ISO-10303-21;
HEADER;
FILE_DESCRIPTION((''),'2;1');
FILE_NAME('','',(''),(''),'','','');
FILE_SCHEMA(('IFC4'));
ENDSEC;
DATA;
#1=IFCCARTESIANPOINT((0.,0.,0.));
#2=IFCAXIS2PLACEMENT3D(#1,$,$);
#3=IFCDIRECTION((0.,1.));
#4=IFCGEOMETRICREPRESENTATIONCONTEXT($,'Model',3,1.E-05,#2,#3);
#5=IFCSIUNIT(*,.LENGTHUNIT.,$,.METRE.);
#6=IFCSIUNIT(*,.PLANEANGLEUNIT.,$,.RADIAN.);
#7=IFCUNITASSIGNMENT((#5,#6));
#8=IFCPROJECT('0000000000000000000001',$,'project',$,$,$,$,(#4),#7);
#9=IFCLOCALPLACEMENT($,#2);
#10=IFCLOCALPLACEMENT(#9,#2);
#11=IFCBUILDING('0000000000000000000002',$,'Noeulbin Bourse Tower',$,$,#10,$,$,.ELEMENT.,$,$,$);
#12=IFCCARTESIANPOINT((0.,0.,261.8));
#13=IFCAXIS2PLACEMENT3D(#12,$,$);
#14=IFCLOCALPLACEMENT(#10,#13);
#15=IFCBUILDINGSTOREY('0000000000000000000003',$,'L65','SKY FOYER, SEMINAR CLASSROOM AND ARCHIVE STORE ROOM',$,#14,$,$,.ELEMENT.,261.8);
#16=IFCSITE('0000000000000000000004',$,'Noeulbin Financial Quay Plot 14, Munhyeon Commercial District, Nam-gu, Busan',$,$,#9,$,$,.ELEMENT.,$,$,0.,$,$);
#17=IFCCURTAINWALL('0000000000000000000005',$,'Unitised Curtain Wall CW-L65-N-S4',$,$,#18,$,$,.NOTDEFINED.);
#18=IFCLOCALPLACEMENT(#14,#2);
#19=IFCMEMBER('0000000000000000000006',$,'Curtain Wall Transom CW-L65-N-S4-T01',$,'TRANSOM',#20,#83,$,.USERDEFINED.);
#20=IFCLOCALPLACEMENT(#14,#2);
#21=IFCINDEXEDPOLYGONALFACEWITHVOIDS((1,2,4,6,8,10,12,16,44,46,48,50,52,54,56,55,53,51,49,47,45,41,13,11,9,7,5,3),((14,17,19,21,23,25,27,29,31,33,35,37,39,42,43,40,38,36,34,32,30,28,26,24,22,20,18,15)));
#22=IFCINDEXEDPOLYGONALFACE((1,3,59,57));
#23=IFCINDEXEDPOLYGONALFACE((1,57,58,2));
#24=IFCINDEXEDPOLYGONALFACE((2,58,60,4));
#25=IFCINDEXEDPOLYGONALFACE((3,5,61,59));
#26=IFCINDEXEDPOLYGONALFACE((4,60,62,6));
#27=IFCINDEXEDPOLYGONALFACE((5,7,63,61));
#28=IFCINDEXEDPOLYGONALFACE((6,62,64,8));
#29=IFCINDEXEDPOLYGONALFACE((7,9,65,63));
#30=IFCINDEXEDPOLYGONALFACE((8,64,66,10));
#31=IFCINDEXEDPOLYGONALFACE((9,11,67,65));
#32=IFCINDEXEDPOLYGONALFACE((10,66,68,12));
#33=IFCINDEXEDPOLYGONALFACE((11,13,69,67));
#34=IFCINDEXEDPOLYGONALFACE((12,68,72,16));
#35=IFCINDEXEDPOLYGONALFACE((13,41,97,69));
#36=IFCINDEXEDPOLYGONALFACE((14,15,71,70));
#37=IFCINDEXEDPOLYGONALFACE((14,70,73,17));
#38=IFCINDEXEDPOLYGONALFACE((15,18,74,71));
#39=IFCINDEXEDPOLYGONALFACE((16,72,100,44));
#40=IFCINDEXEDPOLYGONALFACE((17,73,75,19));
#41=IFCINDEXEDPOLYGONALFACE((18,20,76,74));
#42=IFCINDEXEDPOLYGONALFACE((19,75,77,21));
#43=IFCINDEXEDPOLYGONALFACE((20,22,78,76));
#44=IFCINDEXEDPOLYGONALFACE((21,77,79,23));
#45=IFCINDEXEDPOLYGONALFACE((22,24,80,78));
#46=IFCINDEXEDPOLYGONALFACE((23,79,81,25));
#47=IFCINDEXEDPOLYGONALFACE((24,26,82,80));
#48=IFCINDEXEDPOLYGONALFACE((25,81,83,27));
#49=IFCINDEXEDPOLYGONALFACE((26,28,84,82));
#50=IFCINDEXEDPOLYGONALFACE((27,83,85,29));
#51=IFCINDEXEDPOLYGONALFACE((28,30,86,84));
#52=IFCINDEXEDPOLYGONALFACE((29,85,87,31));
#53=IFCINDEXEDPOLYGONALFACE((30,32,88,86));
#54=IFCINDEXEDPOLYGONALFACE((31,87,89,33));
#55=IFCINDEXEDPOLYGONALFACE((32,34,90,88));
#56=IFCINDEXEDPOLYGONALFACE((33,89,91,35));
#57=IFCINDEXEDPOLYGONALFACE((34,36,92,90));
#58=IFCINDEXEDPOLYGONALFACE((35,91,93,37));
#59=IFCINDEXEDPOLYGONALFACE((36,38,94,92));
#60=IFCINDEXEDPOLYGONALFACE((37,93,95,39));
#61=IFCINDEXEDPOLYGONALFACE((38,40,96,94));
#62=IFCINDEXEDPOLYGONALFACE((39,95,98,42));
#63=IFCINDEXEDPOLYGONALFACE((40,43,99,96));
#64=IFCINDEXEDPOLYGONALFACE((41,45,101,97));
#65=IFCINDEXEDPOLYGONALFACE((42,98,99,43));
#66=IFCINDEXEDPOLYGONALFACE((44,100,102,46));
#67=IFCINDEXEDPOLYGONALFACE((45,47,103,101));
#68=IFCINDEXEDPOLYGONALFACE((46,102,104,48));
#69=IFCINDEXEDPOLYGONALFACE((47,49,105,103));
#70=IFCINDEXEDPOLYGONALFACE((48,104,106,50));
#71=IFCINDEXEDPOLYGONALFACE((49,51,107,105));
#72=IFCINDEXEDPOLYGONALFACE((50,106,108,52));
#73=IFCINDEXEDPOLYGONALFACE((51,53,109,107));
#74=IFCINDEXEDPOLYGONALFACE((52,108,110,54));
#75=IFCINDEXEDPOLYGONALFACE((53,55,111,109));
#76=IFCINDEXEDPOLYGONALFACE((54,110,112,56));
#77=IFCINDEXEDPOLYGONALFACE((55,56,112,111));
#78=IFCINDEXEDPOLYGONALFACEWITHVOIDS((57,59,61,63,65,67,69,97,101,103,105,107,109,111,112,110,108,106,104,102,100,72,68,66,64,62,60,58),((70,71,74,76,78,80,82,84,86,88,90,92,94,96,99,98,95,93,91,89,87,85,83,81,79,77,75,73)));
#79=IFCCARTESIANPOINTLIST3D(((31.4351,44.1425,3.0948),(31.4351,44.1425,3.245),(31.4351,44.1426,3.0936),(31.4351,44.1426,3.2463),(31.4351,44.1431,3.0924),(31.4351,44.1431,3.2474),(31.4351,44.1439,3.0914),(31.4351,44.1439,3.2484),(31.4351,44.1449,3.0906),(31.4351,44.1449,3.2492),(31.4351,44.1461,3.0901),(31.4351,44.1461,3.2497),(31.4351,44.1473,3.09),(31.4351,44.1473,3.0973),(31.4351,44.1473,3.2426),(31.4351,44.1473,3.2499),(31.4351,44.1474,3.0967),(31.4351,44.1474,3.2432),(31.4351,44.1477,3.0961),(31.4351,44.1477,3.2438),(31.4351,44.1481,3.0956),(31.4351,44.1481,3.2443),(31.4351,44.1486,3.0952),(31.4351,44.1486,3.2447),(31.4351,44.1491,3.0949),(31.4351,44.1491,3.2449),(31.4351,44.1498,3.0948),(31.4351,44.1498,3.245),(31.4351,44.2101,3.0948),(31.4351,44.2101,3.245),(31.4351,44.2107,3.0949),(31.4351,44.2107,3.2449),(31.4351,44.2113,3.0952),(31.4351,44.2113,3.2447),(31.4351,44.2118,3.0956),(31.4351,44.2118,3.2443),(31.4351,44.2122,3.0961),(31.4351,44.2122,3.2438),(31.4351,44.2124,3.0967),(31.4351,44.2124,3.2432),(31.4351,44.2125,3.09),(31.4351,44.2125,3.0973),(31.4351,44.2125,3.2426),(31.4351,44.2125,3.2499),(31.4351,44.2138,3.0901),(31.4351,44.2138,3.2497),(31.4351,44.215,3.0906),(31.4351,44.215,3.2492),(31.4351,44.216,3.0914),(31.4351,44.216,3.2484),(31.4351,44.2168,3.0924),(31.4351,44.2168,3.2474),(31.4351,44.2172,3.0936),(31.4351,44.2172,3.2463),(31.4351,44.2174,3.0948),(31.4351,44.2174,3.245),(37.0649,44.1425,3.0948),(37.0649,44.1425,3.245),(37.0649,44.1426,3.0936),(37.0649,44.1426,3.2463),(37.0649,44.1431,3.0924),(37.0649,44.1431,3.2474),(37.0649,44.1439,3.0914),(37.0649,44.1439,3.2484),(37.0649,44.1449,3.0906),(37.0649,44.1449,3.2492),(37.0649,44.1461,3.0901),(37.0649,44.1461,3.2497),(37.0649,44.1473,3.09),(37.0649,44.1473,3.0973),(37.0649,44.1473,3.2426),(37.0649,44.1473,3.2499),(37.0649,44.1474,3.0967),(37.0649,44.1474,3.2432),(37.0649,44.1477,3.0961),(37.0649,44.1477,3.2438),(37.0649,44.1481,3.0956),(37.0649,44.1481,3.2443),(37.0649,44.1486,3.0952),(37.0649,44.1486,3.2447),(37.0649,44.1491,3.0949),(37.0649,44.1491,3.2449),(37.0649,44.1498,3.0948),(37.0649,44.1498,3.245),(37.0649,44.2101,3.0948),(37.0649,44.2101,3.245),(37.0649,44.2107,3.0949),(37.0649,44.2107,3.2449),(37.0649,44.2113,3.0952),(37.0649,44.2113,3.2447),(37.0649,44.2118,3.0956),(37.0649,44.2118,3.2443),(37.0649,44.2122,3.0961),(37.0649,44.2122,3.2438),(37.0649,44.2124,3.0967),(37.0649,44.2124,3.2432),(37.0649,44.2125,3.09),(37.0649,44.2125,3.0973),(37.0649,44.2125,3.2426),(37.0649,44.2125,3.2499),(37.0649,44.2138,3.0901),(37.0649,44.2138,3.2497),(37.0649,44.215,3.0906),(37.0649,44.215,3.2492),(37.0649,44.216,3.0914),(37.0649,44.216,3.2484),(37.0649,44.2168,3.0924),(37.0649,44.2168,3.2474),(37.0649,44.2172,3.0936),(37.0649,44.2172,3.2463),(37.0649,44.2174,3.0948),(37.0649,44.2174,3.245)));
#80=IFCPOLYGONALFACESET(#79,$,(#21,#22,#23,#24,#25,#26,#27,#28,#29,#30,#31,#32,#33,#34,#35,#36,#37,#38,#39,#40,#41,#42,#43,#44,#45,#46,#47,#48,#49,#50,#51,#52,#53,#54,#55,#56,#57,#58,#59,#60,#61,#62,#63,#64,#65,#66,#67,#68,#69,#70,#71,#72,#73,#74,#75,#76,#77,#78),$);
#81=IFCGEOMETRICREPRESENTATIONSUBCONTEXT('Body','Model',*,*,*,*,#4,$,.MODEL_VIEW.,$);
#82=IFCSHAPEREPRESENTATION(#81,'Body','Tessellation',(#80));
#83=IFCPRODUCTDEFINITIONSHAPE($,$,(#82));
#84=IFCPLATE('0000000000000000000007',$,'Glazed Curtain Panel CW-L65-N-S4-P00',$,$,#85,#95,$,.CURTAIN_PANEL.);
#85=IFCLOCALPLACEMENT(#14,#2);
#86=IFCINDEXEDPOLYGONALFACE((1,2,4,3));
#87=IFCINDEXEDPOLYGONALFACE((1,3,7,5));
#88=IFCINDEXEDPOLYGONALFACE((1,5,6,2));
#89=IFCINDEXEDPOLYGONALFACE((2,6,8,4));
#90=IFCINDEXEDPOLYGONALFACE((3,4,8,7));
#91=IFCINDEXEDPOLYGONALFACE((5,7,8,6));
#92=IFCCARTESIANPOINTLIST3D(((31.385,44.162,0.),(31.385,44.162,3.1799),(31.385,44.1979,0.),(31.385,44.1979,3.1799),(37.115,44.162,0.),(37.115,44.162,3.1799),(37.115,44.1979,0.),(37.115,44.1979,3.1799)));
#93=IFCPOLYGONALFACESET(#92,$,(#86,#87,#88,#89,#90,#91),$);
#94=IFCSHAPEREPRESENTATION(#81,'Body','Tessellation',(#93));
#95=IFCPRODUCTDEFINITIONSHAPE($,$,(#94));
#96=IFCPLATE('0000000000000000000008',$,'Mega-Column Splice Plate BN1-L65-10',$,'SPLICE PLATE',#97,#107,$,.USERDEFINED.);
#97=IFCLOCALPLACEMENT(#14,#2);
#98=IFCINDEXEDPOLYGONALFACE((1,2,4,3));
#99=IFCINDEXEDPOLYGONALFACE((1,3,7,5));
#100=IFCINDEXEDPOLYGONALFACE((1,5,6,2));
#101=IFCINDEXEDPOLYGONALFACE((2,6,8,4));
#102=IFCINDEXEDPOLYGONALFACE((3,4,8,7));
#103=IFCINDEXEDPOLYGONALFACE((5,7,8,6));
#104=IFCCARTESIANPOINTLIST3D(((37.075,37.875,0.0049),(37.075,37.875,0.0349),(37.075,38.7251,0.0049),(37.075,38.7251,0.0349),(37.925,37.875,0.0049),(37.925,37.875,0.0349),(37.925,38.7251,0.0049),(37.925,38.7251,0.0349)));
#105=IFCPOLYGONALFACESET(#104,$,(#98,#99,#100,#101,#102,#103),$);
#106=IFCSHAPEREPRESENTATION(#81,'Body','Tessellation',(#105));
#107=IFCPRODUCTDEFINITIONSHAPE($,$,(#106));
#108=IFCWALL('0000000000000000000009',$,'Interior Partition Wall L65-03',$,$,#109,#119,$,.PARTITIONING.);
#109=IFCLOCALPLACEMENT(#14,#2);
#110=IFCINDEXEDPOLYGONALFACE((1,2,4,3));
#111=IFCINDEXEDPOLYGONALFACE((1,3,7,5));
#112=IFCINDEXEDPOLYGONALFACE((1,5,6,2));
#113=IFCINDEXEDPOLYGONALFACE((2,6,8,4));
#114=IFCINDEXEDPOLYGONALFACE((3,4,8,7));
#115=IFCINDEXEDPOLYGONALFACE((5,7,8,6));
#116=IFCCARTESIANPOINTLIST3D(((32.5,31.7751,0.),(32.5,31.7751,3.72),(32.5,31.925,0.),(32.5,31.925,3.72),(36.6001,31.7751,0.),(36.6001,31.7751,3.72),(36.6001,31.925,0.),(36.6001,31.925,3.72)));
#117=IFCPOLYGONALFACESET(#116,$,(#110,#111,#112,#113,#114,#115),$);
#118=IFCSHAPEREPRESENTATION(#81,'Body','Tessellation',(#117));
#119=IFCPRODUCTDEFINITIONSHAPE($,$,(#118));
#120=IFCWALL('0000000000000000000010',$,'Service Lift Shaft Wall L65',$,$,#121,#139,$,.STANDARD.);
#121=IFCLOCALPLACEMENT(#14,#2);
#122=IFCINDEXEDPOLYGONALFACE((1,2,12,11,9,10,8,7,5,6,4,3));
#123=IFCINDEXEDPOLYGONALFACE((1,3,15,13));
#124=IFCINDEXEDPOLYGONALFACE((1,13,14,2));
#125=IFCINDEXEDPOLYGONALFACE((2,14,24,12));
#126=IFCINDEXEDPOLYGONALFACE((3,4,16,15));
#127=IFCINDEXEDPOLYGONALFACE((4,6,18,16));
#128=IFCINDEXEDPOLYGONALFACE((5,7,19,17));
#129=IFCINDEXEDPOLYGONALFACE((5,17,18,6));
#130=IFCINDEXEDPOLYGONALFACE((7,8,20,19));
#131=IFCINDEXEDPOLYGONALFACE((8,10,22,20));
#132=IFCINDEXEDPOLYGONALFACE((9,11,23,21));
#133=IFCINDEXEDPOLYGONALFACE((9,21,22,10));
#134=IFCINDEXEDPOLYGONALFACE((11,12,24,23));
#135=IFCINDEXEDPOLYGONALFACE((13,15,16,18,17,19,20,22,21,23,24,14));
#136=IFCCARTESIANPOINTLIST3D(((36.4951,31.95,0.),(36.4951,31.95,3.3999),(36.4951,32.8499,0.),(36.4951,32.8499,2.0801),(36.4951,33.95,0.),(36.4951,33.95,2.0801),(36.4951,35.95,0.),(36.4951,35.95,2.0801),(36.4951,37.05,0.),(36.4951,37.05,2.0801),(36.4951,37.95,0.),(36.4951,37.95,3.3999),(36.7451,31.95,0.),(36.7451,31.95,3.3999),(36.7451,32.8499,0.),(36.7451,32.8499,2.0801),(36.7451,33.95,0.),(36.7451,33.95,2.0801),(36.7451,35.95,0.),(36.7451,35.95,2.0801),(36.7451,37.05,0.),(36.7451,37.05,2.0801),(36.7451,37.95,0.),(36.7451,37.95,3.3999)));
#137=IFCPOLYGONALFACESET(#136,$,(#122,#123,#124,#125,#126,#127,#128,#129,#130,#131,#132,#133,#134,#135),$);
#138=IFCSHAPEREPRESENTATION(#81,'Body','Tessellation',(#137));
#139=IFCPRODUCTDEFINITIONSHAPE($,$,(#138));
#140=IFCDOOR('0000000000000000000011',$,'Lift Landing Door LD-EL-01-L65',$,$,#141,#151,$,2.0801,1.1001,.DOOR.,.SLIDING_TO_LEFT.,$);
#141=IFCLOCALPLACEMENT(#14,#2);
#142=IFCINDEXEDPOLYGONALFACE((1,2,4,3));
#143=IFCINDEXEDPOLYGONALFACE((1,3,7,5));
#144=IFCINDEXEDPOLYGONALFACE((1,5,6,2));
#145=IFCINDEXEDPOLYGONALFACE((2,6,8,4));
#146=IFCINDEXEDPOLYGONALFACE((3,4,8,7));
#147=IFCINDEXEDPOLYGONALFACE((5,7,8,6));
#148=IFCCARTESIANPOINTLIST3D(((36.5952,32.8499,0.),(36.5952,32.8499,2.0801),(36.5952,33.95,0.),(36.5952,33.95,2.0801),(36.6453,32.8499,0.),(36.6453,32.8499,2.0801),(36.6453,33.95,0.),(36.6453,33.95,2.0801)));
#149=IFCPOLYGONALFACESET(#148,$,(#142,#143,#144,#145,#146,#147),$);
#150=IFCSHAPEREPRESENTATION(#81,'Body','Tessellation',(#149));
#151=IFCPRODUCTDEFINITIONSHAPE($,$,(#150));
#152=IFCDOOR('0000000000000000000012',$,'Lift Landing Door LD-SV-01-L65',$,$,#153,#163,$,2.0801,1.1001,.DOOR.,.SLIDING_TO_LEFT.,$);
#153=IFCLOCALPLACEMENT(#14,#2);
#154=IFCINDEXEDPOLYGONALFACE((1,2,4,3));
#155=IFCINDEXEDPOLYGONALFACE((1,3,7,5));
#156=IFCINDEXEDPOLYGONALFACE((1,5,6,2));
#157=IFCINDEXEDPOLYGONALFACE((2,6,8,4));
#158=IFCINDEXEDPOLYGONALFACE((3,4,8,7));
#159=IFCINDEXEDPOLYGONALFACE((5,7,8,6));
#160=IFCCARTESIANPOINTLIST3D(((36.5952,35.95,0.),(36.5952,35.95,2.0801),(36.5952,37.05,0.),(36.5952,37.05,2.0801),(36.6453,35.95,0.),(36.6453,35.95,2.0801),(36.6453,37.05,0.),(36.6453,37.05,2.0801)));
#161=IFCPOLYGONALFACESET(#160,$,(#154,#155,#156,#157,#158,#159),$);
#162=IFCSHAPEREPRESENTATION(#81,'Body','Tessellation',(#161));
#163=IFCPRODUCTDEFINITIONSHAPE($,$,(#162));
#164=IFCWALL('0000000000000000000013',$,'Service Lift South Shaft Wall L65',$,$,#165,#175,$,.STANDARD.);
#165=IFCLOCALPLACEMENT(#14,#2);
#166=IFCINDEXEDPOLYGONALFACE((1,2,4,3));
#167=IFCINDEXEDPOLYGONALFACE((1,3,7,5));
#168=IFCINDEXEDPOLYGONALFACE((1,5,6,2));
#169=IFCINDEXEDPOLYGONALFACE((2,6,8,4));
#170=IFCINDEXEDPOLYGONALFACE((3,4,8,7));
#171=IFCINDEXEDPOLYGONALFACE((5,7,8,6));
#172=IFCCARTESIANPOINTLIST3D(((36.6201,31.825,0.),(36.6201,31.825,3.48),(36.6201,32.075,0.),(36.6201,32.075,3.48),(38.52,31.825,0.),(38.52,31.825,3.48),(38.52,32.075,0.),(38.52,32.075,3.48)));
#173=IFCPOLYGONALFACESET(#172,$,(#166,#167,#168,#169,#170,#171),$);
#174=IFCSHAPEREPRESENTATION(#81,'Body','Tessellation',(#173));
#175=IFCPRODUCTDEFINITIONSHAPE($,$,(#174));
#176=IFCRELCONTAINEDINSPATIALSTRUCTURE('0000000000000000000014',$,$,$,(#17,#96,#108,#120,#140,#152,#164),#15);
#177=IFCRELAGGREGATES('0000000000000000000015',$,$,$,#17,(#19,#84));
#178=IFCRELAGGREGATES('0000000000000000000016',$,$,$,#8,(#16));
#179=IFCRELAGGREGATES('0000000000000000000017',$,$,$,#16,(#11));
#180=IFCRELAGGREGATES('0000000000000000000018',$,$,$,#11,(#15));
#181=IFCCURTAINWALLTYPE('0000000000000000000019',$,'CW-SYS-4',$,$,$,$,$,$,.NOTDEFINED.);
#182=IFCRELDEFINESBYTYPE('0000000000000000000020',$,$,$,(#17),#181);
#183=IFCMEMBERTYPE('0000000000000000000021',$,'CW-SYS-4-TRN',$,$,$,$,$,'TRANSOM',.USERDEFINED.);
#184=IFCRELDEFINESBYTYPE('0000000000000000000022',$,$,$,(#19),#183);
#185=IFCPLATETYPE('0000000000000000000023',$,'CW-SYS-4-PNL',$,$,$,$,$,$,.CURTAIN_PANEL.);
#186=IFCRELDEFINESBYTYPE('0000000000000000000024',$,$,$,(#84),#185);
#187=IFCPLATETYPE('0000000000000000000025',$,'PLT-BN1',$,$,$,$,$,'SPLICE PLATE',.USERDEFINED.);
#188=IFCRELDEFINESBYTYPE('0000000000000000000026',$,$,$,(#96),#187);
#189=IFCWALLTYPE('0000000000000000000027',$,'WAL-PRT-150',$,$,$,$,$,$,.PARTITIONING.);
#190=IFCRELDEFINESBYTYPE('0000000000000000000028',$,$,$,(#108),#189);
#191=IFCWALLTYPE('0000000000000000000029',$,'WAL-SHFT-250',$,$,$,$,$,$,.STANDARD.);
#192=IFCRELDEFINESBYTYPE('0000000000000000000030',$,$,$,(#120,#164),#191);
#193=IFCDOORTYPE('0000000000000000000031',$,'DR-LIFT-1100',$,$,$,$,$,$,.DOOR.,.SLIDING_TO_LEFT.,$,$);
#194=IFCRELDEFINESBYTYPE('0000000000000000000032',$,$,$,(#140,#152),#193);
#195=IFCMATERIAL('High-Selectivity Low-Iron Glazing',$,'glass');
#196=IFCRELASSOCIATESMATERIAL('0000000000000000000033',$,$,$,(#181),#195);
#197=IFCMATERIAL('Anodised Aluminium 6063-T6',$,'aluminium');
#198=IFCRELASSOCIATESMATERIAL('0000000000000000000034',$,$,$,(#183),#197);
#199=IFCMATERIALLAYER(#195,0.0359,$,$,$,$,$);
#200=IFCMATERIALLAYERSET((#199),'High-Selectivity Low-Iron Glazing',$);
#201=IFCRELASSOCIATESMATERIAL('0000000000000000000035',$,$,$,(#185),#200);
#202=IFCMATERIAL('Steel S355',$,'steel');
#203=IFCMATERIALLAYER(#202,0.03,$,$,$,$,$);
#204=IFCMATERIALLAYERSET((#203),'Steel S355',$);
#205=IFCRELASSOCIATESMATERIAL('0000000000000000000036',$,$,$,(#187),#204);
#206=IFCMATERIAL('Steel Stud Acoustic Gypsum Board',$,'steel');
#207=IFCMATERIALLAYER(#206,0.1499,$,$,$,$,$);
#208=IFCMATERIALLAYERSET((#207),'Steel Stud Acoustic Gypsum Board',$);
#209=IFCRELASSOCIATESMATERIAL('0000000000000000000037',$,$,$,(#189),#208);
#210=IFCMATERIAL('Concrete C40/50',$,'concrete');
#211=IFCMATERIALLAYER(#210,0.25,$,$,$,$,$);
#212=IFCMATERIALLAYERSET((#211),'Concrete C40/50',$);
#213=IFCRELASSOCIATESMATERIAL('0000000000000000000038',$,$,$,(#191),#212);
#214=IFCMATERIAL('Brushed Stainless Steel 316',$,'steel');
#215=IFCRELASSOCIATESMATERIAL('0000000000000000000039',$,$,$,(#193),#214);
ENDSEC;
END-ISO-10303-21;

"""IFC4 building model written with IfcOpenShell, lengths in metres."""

from ifc_helpers import new_model, si_unit, direction, frame, frame_2d, origin, origin_2d, place, context, subcontext, project, spatial, rectangle, hollow_rectangle, extrude, material, layer, layer_set, material_profile, profile_set, type_object, element, fill, aggregate, save


model = new_model("IFC4")

# Units and contexts
model_context = context("Model", 3, precision=1e-05, world=origin(), true_north=direction((0.0, 1.0)))
body_context = subcontext(model_context, "Body", "Model", "MODEL_VIEW")
ifc_project = project(units=[si_unit("LENGTHUNIT", "METRE"), si_unit("PLANEANGLEUNIT", "RADIAN")], contexts=[model_context])

# Site, building, storey
site_placement = place(None, origin())
site = spatial("IfcSite", under=ifc_project, at=site_placement, Name="Noeulbin Financial Quay Plot 14, Munhyeon Commercial District, Nam-gu, Busan", CompositionType="ELEMENT", RefElevation=0.0)
building_placement = place(site_placement, origin())
building = spatial("IfcBuilding", under=site, at=building_placement, Name="Noeulbin Bourse Tower", CompositionType="ELEMENT")
storey_placement = place(building_placement, frame((0.0, 0.0, 261.8)))
storey = spatial("IfcBuildingStorey", under=building, at=storey_placement, Name="L65", Description="SKY FOYER, SEMINAR CLASSROOM AND ARCHIVE STORE ROOM", CompositionType="ELEMENT", Elevation=261.8)

# Shared definitions
ifc_material_1 = material(Name="Steel S355", Category="steel")

# Curtain wall, member, plate
ifc_material_2 = material(Name="High-Selectivity Low-Iron Glazing", Category="glass")
curtain_wall_type = type_object("IfcCurtainWallType", Name="CW-SYS-4", PredefinedType="NOTDEFINED", material=ifc_material_2)
curtain_wall_placement = place(storey_placement, origin())
curtain_wall = element("IfcCurtainWall", 1, at=curtain_wall_placement, inside=storey, type_object=curtain_wall_type, Name="Unitised Curtain Wall CW-L65-N-S4", PredefinedType="NOTDEFINED")
ifc_material_3 = material(Name="Anodised Aluminium 6063-T6", Category="aluminium")
ifc_material_profile_1 = material_profile(ifc_material_3, hollow_rectangle(XDim=0.075, YDim=0.1599, WallThickness=0.0049, InnerFilletRadius=0.0024, OuterFilletRadius=0.0049, at=origin_2d()), Name="ALU-TRAN-75x160x5", Category="LoadBearing")
ifc_profile_set_1 = profile_set([ifc_material_profile_1], Name="Anodised Aluminium 6063-T6")
member_type_1 = type_object("IfcMemberType", Name="CW-SYS-4-TRN", ElementType="TRANSOM", PredefinedType="USERDEFINED", material=ifc_profile_set_1)
member_1_placement = place(storey_placement, frame((31.4351, 44.1799, 3.1699), z_axis=(1.0, 0.0, 0.0), x_axis=(0.0, 1.0, 0.0)))
member_1 = element("IfcMember", 2, at=member_1_placement, type_object=member_type_1, Name="Curtain Wall Transom CW-L65-N-S4-T01", ObjectType="TRANSOM", PredefinedType="USERDEFINED", context=body_context, shape_type="SweptSolid", body=[
    extrude(hollow_rectangle(XDim=0.075, YDim=0.1599, WallThickness=0.0049, InnerFilletRadius=0.0024, OuterFilletRadius=0.0049, at=origin_2d()), origin(), (0.0, 0.0, 1.0), 5.6299),
])
ifc_layer_1 = layer(ifc_material_2, 0.0359)
ifc_layer_set_1 = layer_set([ifc_layer_1], Name="High-Selectivity Low-Iron Glazing")
plate_type_1 = type_object("IfcPlateType", Name="CW-SYS-4-PNL", PredefinedType="CURTAIN_PANEL", material=ifc_layer_set_1)
plate_1_placement = place(storey_placement, frame((34.25, 44.1799, 0.0), z_axis=(0.0, 0.0, 1.0), x_axis=(1.0, 0.0, 0.0)))
plate_1 = element("IfcPlate", 3, at=plate_1_placement, type_object=plate_type_1, Name="Glazed Curtain Panel CW-L65-N-S4-P00", PredefinedType="CURTAIN_PANEL", context=body_context, shape_type="SweptSolid", body=[
    extrude(rectangle(XDim=5.73, YDim=0.0359, at=origin_2d()), origin(), (0.0, 0.0, 1.0), 3.1799),
])
aggregate(curtain_wall, [member_1, plate_1])

# Plate
ifc_layer_2 = layer(ifc_material_1, 0.03)
ifc_layer_set_2 = layer_set([ifc_layer_2], Name="Steel S355")
plate_type_2 = type_object("IfcPlateType", Name="PLT-BN1", ElementType="SPLICE PLATE", PredefinedType="USERDEFINED", material=ifc_layer_set_2)
plate_2_placement = place(storey_placement, frame((37.5, 38.3, 0.0049), z_axis=(0.0, 0.0, 1.0), x_axis=(1.0, 0.0, 0.0)))
element("IfcPlate", 4, at=plate_2_placement, inside=storey, type_object=plate_type_2, Name="Mega-Column Splice Plate BN1-L65-10", ObjectType="SPLICE PLATE", PredefinedType="USERDEFINED", context=body_context, shape_type="SweptSolid", body=[
    extrude(rectangle(XDim=0.8501, YDim=0.8501, at=origin_2d()), origin(), (0.0, 0.0, 1.0), 0.03),
])

# Wall
ifc_material_4 = material(Name="Steel Stud Acoustic Gypsum Board", Category="steel")
ifc_layer_3 = layer(ifc_material_4, 0.1499)
ifc_layer_set_3 = layer_set([ifc_layer_3], Name="Steel Stud Acoustic Gypsum Board")
wall_type_1 = type_object("IfcWallType", Name="WAL-PRT-150", PredefinedType="PARTITIONING", material=ifc_layer_set_3)
wall_1_placement = place(storey_placement, frame((32.5, 31.8501, 0.0), z_axis=(0.0, 0.0, 1.0), x_axis=(1.0, 0.0, 0.0)))
element("IfcWall", 5, at=wall_1_placement, inside=storey, type_object=wall_type_1, Name="Interior Partition Wall L65-03", PredefinedType="PARTITIONING", context=body_context, shape_type="SweptSolid", body=[
    extrude(rectangle(XDim=4.1001, YDim=0.1499, at=frame_2d((2.05, 0.0))), origin(), (0.0, 0.0, 1.0), 3.72),
])

# Wall, openings, doors
ifc_material_5 = material(Name="Concrete C40/50", Category="concrete")
ifc_layer_4 = layer(ifc_material_5, 0.25)
ifc_layer_set_4 = layer_set([ifc_layer_4], Name="Concrete C40/50")
wall_type_2 = type_object("IfcWallType", Name="WAL-SHFT-250", PredefinedType="STANDARD", material=ifc_layer_set_4)
wall_2_placement = place(storey_placement, frame((36.6201, 31.95, 0.0), z_axis=(0.0, 0.0, 1.0), x_axis=(0.0, 1.0, 0.0)))
wall_2 = element("IfcWall", 6, at=wall_2_placement, inside=storey, type_object=wall_type_2, Name="Service Lift Shaft Wall L65", PredefinedType="STANDARD", context=body_context, shape_type="SweptSolid", body=[
    extrude(rectangle(XDim=6.0, YDim=0.25, at=frame_2d((3.0, 0.0))), origin(), (0.0, 0.0, 1.0), 3.3999),
])
opening_1_placement = place(wall_2_placement, frame((0.8999, 0.0, 0.0)))
opening_1 = element("IfcOpeningElement", 7, at=opening_1_placement, cuts=wall_2, PredefinedType="OPENING", context=body_context, shape_type="SweptSolid", body=[
    extrude(rectangle(XDim=1.1001, YDim=2.0801, at=frame_2d((0.55, 1.04))), frame((0.0, 0.135, 0.0), z_axis=(0.0, -1.0, 0.0), x_axis=(1.0, 0.0, 0.0)), (0.0, 0.0, 1.0), 0.27),
])
opening_2_placement = place(wall_2_placement, frame((4.0, 0.0, 0.0)))
opening_2 = element("IfcOpeningElement", 8, at=opening_2_placement, cuts=wall_2, PredefinedType="OPENING", context=body_context, shape_type="SweptSolid", body=[
    extrude(rectangle(XDim=1.1001, YDim=2.0801, at=frame_2d((0.55, 1.04))), frame((0.0, 0.135, 0.0), z_axis=(0.0, -1.0, 0.0), x_axis=(1.0, 0.0, 0.0)), (0.0, 0.0, 1.0), 0.27),
])
ifc_material_6 = material(Name="Brushed Stainless Steel 316", Category="steel")
door_type_1 = type_object("IfcDoorType", Name="DR-LIFT-1100", OperationType="SLIDING_TO_LEFT", PredefinedType="DOOR", material=ifc_material_6)
door_1_placement = place(opening_1_placement, origin())
door_1 = element("IfcDoor", 9, at=door_1_placement, inside=storey, type_object=door_type_1, Name="Lift Landing Door LD-EL-01-L65", OperationType="SLIDING_TO_LEFT", OverallHeight=2.0801, OverallWidth=1.1001, PredefinedType="DOOR", context=body_context, shape_type="SweptSolid", body=[
    extrude(rectangle(XDim=1.1001, YDim=2.0801, at=frame_2d((0.55, 1.04))), frame((0.0, 0.0249, 0.0), z_axis=(0.0, -1.0, 0.0), x_axis=(1.0, 0.0, 0.0)), (0.0, 0.0, 1.0), 0.05),
])
fill(opening_1, door_1)
door_2_placement = place(opening_2_placement, origin())
door_2 = element("IfcDoor", 10, at=door_2_placement, inside=storey, type_object=door_type_1, Name="Lift Landing Door LD-SV-01-L65", OperationType="SLIDING_TO_LEFT", OverallHeight=2.0801, OverallWidth=1.1001, PredefinedType="DOOR", context=body_context, shape_type="SweptSolid", body=[
    extrude(rectangle(XDim=1.1001, YDim=2.0801, at=frame_2d((0.55, 1.04))), frame((0.0, 0.0249, 0.0), z_axis=(0.0, -1.0, 0.0), x_axis=(1.0, 0.0, 0.0)), (0.0, 0.0, 1.0), 0.05),
])
fill(opening_2, door_2)

# Wall
wall_3_placement = place(storey_placement, frame((36.6201, 31.95, 0.0), z_axis=(0.0, 0.0, 1.0), x_axis=(1.0, 0.0, 0.0)))
element("IfcWall", 11, at=wall_3_placement, inside=storey, type_object=wall_type_2, Name="Service Lift South Shaft Wall L65", PredefinedType="STANDARD", context=body_context, shape_type="SweptSolid", body=[
    extrude(rectangle(XDim=1.8999, YDim=0.25, at=frame_2d((0.95, 0.0))), origin(), (0.0, 0.0, 1.0), 3.48),
])

save(model, "model.ifc")
